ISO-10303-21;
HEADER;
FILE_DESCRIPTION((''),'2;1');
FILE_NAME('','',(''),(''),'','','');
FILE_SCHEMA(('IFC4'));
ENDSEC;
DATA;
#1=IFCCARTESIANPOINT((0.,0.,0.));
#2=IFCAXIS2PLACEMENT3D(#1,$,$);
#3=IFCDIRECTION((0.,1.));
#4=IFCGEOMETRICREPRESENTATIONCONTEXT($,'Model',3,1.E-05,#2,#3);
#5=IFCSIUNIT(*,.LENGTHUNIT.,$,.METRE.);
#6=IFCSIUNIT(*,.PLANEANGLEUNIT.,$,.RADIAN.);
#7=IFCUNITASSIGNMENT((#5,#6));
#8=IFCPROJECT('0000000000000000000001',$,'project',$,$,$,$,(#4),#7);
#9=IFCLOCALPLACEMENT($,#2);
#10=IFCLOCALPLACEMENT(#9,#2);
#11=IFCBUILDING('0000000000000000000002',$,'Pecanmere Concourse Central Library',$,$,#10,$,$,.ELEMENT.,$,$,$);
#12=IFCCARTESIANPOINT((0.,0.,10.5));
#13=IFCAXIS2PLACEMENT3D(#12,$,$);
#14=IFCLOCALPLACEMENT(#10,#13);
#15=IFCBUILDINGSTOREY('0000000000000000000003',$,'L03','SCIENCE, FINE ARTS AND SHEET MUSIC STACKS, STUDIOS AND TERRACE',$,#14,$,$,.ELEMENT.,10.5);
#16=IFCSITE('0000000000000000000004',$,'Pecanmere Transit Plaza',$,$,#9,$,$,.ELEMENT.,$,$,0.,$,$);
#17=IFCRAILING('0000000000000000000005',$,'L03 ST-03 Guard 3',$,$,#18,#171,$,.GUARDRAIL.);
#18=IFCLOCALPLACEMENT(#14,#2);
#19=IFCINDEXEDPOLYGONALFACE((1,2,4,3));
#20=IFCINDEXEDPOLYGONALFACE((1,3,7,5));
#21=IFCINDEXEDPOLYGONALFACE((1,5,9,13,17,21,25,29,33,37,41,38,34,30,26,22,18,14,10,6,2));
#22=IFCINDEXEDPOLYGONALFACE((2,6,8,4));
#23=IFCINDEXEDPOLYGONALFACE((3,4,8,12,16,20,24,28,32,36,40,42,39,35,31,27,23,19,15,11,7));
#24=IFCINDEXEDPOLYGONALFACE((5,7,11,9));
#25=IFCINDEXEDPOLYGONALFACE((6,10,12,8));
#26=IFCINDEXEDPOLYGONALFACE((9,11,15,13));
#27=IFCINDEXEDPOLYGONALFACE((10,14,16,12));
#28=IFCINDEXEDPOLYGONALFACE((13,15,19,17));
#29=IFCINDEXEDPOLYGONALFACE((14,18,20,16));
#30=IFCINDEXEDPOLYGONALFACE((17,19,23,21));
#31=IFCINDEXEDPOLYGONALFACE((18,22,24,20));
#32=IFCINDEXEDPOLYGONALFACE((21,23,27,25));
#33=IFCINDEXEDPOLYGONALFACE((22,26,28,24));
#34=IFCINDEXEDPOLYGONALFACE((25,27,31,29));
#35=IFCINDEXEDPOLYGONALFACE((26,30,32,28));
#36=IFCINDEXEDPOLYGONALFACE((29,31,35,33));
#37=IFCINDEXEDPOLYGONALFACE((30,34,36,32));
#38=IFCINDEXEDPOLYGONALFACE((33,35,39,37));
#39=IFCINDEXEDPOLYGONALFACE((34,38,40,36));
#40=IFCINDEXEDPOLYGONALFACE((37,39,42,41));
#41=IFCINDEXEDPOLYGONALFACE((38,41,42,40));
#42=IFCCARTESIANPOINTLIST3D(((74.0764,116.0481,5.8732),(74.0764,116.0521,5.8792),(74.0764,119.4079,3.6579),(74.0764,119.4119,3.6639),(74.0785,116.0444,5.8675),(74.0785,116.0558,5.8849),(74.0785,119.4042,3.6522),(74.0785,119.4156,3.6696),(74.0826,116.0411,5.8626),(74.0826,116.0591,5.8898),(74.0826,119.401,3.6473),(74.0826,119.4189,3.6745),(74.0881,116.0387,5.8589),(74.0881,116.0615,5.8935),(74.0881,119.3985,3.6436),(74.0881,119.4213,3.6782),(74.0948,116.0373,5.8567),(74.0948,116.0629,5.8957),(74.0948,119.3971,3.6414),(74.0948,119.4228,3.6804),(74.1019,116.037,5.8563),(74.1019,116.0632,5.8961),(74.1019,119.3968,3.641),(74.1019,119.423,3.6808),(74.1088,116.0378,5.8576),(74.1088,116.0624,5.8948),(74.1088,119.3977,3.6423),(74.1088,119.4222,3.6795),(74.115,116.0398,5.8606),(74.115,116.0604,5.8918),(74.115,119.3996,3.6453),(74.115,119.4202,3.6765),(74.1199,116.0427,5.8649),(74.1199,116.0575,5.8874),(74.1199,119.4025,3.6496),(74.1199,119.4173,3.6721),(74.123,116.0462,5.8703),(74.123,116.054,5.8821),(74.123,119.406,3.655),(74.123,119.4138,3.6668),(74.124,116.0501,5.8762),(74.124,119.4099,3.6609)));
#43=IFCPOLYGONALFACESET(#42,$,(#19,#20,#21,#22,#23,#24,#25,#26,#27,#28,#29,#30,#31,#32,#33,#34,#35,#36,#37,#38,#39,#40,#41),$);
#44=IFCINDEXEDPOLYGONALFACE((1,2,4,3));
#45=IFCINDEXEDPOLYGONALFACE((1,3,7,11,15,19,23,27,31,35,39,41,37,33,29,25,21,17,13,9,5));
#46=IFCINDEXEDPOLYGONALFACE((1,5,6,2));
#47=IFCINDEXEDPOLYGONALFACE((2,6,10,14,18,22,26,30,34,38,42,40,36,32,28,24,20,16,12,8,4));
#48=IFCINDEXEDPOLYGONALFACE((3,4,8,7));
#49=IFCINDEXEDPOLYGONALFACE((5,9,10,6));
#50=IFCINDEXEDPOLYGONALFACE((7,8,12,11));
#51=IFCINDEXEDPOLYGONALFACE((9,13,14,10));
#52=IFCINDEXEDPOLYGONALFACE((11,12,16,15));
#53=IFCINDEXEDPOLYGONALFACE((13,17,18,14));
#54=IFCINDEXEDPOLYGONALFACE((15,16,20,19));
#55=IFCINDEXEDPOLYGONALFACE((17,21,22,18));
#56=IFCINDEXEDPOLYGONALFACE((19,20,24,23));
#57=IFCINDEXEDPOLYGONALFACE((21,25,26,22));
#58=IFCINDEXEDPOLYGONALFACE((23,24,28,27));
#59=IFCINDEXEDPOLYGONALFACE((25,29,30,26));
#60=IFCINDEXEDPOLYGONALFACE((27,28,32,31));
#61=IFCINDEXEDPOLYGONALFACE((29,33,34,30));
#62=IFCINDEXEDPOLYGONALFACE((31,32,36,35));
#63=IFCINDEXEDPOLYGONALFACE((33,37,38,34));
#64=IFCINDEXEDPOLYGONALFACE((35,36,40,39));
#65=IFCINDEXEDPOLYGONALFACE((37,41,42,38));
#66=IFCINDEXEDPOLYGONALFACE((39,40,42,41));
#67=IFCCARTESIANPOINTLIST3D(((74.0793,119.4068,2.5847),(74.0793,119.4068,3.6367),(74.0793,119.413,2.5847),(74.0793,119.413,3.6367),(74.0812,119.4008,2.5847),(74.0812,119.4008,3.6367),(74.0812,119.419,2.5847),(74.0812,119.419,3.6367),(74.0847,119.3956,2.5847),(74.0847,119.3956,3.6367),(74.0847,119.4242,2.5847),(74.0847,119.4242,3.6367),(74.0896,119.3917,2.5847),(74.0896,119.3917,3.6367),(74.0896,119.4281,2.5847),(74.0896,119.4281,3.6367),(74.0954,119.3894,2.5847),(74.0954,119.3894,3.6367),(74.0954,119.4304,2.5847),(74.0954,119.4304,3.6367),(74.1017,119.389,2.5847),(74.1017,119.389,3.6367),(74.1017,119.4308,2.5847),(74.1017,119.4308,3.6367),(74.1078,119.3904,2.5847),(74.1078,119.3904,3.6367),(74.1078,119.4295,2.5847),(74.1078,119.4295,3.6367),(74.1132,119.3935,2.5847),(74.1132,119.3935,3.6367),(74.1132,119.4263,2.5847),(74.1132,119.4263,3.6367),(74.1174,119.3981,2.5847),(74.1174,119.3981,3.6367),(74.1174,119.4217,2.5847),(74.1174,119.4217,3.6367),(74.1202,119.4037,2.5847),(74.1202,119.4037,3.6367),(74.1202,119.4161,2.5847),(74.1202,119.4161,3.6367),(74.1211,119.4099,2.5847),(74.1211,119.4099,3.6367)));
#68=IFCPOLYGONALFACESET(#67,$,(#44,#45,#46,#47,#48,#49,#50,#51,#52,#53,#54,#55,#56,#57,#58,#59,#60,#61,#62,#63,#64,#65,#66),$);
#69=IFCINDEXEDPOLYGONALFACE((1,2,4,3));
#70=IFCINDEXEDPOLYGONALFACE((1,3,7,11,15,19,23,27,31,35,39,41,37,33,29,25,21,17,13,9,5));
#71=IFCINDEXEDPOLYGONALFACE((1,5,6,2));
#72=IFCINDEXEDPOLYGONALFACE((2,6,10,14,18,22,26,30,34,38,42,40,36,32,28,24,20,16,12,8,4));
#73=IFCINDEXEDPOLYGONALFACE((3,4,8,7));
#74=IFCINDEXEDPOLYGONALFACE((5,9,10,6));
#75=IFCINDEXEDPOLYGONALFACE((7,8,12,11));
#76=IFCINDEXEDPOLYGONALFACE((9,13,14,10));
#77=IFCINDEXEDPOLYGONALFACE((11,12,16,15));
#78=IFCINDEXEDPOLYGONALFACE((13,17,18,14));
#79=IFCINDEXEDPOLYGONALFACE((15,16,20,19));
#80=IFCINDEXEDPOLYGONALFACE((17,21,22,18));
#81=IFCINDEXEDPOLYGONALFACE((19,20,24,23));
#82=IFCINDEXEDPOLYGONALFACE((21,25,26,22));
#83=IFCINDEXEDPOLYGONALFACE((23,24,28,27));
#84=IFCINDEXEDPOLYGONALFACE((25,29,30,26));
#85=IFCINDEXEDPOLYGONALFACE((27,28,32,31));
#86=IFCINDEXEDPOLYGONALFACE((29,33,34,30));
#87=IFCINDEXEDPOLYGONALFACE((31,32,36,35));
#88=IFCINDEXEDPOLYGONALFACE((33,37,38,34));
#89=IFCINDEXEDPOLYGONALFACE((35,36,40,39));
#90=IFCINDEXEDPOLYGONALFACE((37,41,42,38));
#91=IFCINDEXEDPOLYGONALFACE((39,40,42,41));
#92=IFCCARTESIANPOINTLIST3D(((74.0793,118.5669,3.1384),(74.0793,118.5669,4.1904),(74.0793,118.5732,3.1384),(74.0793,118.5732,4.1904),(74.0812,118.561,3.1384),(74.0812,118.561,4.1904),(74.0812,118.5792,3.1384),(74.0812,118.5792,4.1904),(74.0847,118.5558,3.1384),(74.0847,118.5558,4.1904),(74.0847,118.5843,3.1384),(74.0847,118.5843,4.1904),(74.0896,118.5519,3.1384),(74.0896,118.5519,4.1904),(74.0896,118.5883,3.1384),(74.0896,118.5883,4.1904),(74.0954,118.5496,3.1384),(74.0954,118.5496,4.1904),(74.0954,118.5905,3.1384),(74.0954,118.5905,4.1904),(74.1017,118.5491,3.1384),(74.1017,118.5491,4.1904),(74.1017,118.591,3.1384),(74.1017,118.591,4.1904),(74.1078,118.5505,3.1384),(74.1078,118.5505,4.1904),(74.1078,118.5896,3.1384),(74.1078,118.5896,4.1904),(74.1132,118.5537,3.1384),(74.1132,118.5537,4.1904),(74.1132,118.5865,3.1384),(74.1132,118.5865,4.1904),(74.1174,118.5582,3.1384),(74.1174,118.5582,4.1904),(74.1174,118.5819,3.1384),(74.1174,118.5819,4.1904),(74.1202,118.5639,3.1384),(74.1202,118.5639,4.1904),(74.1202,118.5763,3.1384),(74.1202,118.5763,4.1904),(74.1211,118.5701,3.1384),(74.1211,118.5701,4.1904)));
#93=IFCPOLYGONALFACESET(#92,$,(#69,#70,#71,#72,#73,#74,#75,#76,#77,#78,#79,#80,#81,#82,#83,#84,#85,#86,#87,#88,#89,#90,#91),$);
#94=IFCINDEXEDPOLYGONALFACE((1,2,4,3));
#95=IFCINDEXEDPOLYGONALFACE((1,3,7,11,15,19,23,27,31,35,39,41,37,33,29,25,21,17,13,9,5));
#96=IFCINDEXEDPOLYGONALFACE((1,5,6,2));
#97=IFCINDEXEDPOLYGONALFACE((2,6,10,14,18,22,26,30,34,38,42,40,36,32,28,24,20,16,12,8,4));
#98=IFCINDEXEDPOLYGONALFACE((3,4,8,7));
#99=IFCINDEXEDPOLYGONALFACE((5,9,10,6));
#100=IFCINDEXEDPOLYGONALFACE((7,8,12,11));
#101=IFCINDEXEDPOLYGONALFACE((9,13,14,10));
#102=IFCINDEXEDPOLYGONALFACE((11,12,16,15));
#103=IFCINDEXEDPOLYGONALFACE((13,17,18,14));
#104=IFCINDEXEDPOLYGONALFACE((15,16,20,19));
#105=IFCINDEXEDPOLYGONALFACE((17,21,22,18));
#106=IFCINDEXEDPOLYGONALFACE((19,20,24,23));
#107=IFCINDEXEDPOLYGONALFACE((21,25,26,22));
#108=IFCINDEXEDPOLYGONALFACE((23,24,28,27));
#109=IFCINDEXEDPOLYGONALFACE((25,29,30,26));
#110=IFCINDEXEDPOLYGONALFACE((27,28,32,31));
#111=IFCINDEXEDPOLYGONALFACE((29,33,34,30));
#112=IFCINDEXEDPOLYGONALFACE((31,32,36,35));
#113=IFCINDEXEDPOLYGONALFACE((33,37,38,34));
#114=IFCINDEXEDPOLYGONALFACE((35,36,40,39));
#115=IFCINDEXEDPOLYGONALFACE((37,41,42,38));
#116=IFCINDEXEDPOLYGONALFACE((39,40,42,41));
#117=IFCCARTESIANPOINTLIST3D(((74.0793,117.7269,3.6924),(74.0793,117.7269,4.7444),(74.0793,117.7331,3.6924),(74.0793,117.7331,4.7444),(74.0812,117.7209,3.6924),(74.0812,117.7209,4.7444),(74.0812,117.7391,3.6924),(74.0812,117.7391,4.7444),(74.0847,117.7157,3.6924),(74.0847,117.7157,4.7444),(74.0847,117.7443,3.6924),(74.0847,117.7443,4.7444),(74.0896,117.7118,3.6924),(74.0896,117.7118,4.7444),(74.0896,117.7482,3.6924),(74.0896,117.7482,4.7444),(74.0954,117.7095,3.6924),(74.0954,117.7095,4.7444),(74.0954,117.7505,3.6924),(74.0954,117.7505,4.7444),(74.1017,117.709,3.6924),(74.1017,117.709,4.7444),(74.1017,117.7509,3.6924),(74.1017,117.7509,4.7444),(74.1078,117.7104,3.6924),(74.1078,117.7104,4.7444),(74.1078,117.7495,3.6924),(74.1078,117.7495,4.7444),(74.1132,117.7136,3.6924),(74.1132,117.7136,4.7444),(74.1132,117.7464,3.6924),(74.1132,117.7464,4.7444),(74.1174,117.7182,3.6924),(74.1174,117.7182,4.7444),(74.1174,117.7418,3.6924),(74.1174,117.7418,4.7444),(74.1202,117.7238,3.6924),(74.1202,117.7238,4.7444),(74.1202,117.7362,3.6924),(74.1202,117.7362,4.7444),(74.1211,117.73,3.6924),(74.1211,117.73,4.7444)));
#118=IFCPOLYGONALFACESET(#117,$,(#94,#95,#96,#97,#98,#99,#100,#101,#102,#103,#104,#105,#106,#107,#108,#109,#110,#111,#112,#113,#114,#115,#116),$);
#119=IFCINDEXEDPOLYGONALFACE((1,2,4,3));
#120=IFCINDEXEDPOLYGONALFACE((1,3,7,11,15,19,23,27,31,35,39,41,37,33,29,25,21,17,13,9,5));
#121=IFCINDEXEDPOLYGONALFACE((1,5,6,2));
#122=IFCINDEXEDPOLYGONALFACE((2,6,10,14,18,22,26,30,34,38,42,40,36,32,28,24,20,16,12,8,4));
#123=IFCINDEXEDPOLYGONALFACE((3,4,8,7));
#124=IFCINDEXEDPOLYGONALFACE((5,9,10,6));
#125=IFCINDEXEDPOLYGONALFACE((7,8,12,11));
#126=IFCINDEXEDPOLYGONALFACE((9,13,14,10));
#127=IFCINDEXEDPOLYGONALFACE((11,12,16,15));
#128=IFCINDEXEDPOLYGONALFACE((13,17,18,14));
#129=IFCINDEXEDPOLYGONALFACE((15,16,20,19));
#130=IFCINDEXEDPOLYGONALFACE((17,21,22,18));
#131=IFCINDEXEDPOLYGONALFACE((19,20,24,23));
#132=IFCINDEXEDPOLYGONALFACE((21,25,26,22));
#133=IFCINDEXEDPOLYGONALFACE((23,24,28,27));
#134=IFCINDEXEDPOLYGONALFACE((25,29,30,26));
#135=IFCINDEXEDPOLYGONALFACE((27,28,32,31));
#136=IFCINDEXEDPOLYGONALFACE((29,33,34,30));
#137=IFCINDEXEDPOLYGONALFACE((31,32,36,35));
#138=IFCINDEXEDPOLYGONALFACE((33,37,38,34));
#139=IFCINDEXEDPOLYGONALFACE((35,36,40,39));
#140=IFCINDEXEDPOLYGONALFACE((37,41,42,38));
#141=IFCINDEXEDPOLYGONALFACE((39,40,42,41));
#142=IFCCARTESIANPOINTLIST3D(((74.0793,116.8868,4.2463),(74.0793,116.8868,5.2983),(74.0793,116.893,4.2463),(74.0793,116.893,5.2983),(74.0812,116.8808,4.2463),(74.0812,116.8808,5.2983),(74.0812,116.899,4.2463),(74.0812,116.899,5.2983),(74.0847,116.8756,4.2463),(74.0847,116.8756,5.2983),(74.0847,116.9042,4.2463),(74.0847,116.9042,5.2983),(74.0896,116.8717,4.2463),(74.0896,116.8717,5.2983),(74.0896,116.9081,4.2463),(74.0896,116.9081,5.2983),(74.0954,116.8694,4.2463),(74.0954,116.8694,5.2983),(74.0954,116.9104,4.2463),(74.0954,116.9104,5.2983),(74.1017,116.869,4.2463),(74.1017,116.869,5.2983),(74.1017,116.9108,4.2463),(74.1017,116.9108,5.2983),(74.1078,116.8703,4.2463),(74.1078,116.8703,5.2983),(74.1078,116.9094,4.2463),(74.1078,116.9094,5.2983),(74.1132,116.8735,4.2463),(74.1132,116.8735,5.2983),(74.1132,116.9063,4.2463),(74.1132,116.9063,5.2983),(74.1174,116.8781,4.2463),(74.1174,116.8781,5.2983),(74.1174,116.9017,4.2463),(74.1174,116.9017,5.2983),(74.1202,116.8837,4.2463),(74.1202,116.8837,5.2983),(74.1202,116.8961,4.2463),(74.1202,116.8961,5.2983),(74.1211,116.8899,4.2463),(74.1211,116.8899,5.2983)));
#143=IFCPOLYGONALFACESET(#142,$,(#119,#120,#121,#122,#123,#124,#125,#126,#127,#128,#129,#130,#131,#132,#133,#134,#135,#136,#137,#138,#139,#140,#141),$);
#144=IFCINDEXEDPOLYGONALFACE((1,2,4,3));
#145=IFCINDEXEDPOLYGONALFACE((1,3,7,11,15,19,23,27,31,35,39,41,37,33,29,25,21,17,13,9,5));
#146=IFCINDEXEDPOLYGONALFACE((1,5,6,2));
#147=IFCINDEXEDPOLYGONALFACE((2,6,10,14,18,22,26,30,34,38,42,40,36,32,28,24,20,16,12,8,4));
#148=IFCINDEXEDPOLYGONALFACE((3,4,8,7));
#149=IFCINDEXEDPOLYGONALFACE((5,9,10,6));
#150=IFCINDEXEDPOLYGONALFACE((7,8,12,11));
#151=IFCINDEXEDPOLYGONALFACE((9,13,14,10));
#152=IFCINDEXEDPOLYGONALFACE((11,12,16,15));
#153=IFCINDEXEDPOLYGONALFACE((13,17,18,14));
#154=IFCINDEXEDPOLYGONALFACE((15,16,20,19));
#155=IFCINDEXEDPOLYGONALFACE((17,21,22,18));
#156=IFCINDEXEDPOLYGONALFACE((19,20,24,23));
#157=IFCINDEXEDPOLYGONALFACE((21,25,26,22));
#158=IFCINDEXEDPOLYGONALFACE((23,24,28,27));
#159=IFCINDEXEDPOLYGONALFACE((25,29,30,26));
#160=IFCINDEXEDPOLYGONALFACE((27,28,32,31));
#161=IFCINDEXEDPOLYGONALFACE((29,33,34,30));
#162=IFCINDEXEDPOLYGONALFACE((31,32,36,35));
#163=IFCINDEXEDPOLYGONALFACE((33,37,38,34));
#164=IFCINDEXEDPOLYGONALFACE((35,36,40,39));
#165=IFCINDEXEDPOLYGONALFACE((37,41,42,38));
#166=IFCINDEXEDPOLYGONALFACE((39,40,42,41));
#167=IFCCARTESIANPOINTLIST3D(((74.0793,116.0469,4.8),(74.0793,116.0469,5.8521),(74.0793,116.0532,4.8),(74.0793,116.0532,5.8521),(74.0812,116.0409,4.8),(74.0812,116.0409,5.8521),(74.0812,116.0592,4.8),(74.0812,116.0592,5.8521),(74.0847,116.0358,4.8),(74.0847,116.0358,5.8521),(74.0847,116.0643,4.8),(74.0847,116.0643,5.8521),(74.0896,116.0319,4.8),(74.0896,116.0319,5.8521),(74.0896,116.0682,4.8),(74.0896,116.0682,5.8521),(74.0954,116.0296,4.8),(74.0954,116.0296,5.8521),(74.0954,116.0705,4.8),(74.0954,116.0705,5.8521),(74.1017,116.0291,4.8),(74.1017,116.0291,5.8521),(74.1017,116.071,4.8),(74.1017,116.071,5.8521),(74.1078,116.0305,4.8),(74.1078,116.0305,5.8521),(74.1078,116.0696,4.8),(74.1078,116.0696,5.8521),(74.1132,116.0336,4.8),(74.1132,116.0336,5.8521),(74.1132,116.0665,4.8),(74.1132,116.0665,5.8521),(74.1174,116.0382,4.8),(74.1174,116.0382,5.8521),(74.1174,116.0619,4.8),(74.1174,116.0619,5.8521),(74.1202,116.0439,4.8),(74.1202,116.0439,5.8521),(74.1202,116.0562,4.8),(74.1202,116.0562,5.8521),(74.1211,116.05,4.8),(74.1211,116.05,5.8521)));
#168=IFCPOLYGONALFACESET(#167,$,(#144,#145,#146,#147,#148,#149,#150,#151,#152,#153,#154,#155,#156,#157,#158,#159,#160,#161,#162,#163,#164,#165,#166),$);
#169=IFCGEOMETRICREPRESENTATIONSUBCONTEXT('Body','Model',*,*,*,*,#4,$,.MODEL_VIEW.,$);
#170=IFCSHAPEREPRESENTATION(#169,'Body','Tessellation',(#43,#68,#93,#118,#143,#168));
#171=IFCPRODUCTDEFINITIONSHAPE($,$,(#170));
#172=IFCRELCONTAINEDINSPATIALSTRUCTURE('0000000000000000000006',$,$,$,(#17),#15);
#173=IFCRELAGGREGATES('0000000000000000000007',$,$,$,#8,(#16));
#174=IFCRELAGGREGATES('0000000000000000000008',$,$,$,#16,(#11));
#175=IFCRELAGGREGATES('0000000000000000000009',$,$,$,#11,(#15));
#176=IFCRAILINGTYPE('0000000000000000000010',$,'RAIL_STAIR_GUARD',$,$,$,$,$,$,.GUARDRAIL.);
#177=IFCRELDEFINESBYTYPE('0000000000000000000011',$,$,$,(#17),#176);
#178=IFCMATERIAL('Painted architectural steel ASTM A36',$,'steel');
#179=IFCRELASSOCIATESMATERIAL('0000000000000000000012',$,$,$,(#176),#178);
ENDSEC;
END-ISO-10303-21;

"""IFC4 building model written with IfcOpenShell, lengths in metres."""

from ifc_helpers import new_model, si_unit, direction, frame, origin, origin_2d, place, context, subcontext, project, spatial, circle, extrude, material, type_object, element, save


model = new_model("IFC4")

# Units and contexts
model_context = context("Model", 3, precision=1e-05, world=origin(), true_north=direction((0.0, 1.0)))
body_context = subcontext(model_context, "Body", "Model", "MODEL_VIEW")
ifc_project = project(units=[si_unit("LENGTHUNIT", "METRE"), si_unit("PLANEANGLEUNIT", "RADIAN")], contexts=[model_context])

# Site, building, storey
site_placement = place(None, origin())
site = spatial("IfcSite", under=ifc_project, at=site_placement, Name="Pecanmere Transit Plaza", CompositionType="ELEMENT", RefElevation=0.0)
building_placement = place(site_placement, origin())
building = spatial("IfcBuilding", under=site, at=building_placement, Name="Pecanmere Concourse Central Library", CompositionType="ELEMENT")
storey_placement = place(building_placement, frame((0.0, 0.0, 10.5)))
storey = spatial("IfcBuildingStorey", under=building, at=storey_placement, Name="L03", Description="SCIENCE, FINE ARTS AND SHEET MUSIC STACKS, STUDIOS AND TERRACE", CompositionType="ELEMENT", Elevation=10.5)

# Railing
ifc_material_1 = material(Name="Painted architectural steel ASTM A36", Category="steel")
railing_type_1 = type_object("IfcRailingType", Name="RAIL_STAIR_GUARD", PredefinedType="GUARDRAIL", material=ifc_material_1)
railing_1_placement = place(storey_placement, frame((74.1001, 119.4099, 2.5847)))
element("IfcRailing", 1, at=railing_1_placement, inside=storey, type_object=railing_type_1, Name="L03 ST-03 Guard 3", PredefinedType="GUARDRAIL", context=body_context, shape_type="SweptSolid", body=[
    extrude(circle(Radius=0.0239, at=origin_2d()), frame((0.0, 0.0, 1.0762), z_axis=(0.0, -0.834858, 0.550465), x_axis=(1.0, 0.0, 0.0)), (0.0, 0.0, 1.0), 4.0244),
    extrude(circle(Radius=0.021, at=origin_2d()), origin(), (0.0, 0.0, 1.0), 1.052),
    extrude(circle(Radius=0.021, at=origin_2d()), frame((0.0, -0.8398, 0.5537)), (0.0, 0.0, 1.0), 1.052),
    extrude(circle(Radius=0.021, at=origin_2d()), frame((0.0, -1.6799, 1.1077)), (0.0, 0.0, 1.0), 1.052),
    extrude(circle(Radius=0.021, at=origin_2d()), frame((0.0, -2.52, 1.6616)), (0.0, 0.0, 1.0), 1.052),
    extrude(circle(Radius=0.021, at=origin_2d()), frame((0.0, -3.3599, 2.2153)), (0.0, 0.0, 1.0), 1.052),
])

save(model, "model.ifc")
